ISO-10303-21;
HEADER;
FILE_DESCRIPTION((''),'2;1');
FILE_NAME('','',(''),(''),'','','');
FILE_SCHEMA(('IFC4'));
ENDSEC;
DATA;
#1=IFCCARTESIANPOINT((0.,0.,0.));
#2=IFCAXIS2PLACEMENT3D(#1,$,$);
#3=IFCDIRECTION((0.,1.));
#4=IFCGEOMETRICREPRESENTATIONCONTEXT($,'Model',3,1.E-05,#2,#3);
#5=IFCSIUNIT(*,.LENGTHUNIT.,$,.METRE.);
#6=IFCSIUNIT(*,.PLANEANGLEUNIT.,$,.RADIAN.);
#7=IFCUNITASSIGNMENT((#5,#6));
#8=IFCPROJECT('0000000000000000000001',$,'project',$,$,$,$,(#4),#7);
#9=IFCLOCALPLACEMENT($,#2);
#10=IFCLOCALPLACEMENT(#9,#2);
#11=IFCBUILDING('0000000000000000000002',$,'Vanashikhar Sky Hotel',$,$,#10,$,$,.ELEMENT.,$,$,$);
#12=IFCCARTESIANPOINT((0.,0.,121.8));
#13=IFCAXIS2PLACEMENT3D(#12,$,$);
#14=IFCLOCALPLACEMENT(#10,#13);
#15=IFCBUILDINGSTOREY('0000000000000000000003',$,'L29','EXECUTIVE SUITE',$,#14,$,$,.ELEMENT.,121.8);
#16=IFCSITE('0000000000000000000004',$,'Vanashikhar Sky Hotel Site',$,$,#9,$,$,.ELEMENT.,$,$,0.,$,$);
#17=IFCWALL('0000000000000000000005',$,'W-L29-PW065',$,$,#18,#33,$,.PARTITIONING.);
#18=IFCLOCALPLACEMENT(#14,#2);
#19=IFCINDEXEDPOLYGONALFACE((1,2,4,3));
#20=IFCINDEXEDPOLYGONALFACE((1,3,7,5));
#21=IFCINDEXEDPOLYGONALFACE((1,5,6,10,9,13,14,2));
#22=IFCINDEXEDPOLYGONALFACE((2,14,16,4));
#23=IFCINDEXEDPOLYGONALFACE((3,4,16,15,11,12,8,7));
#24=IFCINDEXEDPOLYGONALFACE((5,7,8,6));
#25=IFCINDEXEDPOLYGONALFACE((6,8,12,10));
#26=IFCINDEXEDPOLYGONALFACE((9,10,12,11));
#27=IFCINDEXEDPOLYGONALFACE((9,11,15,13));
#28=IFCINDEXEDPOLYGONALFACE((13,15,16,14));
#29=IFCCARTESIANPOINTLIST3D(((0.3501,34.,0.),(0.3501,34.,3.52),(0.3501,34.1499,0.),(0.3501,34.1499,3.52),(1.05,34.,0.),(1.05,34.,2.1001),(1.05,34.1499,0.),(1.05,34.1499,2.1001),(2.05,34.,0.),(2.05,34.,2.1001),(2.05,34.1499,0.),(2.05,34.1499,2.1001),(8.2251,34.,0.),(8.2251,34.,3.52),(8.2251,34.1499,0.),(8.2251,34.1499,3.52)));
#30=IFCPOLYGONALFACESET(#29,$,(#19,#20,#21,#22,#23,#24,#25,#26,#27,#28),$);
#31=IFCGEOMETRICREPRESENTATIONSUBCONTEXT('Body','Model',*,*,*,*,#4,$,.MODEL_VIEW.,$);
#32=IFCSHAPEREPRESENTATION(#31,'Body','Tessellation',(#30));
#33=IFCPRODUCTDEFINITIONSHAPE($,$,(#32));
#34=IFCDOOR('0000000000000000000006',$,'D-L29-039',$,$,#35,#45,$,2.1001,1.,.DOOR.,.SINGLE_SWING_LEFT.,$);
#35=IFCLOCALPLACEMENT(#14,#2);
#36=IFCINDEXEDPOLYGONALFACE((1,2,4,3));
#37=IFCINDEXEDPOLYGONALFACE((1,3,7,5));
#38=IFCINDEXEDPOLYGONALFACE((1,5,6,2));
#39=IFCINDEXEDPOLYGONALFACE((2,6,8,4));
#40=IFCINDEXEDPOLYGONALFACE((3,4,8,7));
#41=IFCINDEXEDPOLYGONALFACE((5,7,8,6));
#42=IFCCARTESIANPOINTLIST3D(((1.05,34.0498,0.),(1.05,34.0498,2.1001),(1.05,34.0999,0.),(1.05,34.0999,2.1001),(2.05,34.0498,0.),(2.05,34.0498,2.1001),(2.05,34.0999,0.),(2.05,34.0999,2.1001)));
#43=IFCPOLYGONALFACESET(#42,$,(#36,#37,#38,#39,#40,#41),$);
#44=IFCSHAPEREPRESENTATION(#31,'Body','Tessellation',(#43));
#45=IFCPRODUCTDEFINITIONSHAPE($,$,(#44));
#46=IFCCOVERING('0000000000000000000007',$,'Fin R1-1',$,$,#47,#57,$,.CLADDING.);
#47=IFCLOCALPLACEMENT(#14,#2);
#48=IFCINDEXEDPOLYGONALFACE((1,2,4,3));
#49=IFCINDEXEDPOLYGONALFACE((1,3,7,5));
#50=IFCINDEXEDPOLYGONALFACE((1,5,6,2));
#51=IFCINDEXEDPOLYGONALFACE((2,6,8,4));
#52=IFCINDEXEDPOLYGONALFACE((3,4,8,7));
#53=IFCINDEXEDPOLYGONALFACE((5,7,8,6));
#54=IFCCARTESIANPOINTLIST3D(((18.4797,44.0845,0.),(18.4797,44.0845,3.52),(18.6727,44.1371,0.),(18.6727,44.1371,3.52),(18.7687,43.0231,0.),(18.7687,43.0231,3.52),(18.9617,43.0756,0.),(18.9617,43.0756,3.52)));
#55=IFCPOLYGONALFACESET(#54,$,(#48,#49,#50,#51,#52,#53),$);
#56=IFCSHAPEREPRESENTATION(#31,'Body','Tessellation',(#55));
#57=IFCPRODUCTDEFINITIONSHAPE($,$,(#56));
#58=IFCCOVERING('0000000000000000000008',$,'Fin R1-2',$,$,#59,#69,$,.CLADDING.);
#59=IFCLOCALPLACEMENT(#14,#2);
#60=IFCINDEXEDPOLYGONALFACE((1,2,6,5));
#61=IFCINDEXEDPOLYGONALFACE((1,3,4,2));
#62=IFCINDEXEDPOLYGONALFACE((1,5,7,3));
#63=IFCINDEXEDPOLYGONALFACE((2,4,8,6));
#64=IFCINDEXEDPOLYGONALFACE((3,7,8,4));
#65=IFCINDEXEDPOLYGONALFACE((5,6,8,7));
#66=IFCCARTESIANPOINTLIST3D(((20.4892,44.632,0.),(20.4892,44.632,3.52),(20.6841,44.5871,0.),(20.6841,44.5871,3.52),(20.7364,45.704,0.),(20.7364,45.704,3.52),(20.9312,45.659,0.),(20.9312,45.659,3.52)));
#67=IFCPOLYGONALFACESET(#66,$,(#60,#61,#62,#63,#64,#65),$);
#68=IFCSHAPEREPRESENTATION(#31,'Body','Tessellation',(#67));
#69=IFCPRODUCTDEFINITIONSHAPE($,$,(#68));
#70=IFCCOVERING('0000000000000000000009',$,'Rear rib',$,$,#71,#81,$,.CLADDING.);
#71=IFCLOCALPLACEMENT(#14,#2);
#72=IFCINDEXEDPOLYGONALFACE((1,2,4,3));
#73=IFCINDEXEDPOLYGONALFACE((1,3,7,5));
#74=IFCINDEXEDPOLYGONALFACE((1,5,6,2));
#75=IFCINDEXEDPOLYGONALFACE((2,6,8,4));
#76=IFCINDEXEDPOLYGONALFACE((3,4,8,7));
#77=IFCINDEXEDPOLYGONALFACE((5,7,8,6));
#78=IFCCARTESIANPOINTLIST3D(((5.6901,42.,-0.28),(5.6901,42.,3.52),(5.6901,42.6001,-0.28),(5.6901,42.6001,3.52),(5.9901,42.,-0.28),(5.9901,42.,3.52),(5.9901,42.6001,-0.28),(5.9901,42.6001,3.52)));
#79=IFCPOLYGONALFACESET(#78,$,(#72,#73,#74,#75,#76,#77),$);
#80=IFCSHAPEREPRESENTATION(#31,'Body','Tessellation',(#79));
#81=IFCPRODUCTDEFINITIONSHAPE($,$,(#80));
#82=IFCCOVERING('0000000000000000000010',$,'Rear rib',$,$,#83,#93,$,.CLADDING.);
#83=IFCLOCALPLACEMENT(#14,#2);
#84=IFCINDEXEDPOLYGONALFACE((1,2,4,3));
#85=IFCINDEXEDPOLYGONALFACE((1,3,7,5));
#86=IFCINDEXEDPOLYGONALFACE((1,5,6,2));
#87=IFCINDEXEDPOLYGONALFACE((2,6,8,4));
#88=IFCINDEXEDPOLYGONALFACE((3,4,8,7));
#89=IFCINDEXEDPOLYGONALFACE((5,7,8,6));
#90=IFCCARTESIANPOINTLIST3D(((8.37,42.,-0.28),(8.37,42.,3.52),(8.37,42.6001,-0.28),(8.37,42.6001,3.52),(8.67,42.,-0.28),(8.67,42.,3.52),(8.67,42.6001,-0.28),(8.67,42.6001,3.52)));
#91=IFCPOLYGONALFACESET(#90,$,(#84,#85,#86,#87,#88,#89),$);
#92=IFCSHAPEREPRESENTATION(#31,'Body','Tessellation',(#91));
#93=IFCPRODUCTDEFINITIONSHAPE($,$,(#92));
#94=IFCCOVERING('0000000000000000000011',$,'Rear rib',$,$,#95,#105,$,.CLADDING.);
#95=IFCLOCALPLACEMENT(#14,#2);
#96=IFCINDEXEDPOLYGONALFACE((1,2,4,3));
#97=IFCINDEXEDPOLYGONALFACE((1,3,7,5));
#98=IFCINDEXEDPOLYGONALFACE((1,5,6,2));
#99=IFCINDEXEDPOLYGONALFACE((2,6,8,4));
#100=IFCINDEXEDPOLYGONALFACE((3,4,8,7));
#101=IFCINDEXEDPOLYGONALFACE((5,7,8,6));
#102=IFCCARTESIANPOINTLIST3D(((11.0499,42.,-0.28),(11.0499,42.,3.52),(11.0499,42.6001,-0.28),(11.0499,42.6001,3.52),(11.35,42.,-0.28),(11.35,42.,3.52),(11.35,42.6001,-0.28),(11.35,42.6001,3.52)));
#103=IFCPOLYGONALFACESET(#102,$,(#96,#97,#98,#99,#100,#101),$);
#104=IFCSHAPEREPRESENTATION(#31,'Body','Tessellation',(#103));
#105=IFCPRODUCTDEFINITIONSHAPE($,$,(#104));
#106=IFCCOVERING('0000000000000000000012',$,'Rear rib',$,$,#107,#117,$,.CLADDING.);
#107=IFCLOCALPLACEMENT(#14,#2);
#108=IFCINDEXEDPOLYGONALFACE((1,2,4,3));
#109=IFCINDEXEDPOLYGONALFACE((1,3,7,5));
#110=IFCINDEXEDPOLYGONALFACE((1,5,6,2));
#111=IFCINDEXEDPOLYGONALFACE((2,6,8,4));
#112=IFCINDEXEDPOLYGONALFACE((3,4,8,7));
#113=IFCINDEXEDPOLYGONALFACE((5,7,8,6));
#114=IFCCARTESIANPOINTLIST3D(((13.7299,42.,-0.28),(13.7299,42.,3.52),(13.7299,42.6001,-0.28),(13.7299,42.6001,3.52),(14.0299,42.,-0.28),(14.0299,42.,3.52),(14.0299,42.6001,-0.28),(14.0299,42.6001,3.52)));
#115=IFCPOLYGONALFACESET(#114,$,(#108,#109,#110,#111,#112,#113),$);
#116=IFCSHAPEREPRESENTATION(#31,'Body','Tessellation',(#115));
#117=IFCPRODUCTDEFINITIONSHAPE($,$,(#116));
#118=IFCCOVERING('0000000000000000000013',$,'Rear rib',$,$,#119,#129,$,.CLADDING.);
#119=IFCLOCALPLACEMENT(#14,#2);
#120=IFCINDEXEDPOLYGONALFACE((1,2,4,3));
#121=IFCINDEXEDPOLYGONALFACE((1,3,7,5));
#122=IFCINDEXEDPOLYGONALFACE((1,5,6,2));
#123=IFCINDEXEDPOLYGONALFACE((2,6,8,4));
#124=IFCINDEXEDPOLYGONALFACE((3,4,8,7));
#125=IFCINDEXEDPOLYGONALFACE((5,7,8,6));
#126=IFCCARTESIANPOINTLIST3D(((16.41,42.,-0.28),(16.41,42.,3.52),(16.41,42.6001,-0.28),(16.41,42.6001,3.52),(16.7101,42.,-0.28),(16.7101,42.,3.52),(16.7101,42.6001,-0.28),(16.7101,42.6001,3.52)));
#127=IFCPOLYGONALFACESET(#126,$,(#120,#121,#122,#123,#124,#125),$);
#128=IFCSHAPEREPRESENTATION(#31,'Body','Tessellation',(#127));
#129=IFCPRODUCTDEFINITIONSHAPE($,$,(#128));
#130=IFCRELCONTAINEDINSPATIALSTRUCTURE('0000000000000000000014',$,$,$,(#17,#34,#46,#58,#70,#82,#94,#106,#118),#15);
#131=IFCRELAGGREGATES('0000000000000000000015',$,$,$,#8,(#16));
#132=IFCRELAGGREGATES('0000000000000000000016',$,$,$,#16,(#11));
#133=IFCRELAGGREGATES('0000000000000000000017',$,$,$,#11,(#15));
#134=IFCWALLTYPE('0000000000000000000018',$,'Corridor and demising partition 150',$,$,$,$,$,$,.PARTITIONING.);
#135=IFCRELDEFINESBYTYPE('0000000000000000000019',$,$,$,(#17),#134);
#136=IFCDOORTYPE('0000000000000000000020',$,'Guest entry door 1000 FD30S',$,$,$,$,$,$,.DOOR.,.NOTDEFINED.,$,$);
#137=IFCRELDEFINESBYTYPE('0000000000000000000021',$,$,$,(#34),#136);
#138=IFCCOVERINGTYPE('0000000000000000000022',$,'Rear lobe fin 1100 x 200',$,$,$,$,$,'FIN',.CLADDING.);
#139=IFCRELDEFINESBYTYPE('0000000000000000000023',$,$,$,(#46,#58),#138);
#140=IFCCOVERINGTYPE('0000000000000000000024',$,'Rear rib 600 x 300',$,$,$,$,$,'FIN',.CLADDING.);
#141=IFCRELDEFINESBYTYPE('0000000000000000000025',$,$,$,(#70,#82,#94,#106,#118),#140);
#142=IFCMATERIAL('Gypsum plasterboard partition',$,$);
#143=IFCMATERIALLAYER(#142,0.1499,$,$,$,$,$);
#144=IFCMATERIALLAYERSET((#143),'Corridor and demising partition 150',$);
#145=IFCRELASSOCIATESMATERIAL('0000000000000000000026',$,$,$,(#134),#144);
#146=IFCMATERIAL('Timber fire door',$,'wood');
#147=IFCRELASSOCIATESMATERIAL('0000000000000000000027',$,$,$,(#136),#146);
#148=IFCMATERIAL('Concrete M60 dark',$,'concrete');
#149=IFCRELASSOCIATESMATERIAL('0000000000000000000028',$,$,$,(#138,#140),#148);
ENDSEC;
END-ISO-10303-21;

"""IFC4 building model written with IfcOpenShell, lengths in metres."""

from ifc_helpers import new_model, si_unit, direction, frame, frame_2d, origin, origin_2d, place, context, subcontext, project, spatial, rectangle, extrude, source, transform, mapped, material, layer, layer_set, material_profile, profile_set, type_object, element, fill, save


model = new_model("IFC4")

# Units and contexts
model_context = context("Model", 3, precision=1e-05, world=origin(), true_north=direction((0.0, 1.0)))
body_context = subcontext(model_context, "Body", "Model", "MODEL_VIEW")
ifc_project = project(units=[si_unit("LENGTHUNIT", "METRE"), si_unit("PLANEANGLEUNIT", "RADIAN")], contexts=[model_context])

# Site, building, storey
site_placement = place(None, origin())
site = spatial("IfcSite", under=ifc_project, at=site_placement, Name="Vanashikhar Sky Hotel Site", CompositionType="ELEMENT", RefElevation=0.0)
building_placement = place(site_placement, origin())
building = spatial("IfcBuilding", under=site, at=building_placement, Name="Vanashikhar Sky Hotel", CompositionType="ELEMENT")
storey_placement = place(building_placement, frame((0.0, 0.0, 121.8)))
storey = spatial("IfcBuildingStorey", under=building, at=storey_placement, Name="L29", Description="EXECUTIVE SUITE", CompositionType="ELEMENT", Elevation=121.8)

# Wall, opening, door
shared_shape_1 = source(origin(), body_context, "Body", "SweptSolid", [
    extrude(rectangle(XDim=1.0, YDim=2.1001, at=frame_2d((0.5, 1.05))), frame((0.0, 0.0249, 0.0), z_axis=(0.0, -1.0, 0.0), x_axis=(1.0, 0.0, 0.0)), (0.0, 0.0, 1.0), 0.05),
])
ifc_material_1 = material(Name="Gypsum plasterboard partition")
ifc_layer_1 = layer(ifc_material_1, 0.1499)
ifc_layer_set_1 = layer_set([ifc_layer_1], Name="Corridor and demising partition 150")
wall_type_1 = type_object("IfcWallType", Name="Corridor and demising partition 150", PredefinedType="PARTITIONING", material=ifc_layer_set_1)
shared_shape_2 = source(origin(), body_context, "Body", "SweptSolid", [
    extrude(rectangle(XDim=1.0, YDim=2.1001, at=frame_2d((0.5, 1.05))), frame((0.0, 0.085, 0.0), z_axis=(0.0, -1.0, 0.0), x_axis=(1.0, 0.0, 0.0)), (0.0, 0.0, 1.0), 0.1699),
])
ifc_material_2 = material(Name="Timber fire door", Category="wood")
door_type_1 = type_object("IfcDoorType", Name="Guest entry door 1000 FD30S", OperationType="NOTDEFINED", PredefinedType="DOOR", material=ifc_material_2)
shared_shape_3 = source(origin(), body_context, "Body", "SweptSolid", [
    extrude(rectangle(XDim=7.875, YDim=0.1499, at=frame_2d((3.9375, 0.0))), origin(), (0.0, 0.0, 1.0), 3.52),
])
wall_1_placement = place(storey_placement, frame((0.3501, 34.075, 0.0), z_axis=(0.0, 0.0, 1.0), x_axis=(1.0, 0.0, 0.0)))
wall_1 = element("IfcWall", 1, at=wall_1_placement, inside=storey, type_object=wall_type_1, Name="W-L29-PW065", PredefinedType="PARTITIONING", context=body_context, shape_type="MappedRepresentation", body=[
    mapped(shared_shape_3, transform((0.0, 0.0, 0.0), scale=1.0)),
])
opening_1_placement = place(wall_1_placement, frame((0.7, 0.0, 0.0)))
opening_1 = element("IfcOpeningElement", 2, at=opening_1_placement, cuts=wall_1, PredefinedType="OPENING", context=body_context, shape_type="MappedRepresentation", body=[
    mapped(shared_shape_2, transform((0.0, 0.0, 0.0), scale=1.0)),
])
door_1_placement = place(opening_1_placement, origin())
door_1 = element("IfcDoor", 3, at=door_1_placement, inside=storey, type_object=door_type_1, Name="D-L29-039", OperationType="SINGLE_SWING_LEFT", OverallHeight=2.1001, OverallWidth=1.0, PredefinedType="DOOR", context=body_context, shape_type="MappedRepresentation", body=[
    mapped(shared_shape_1, transform((0.0, 0.0, 0.0), scale=1.0)),
])
fill(opening_1, door_1)

# Coverings
ifc_material_3 = material(Name="Concrete M60 dark", Category="concrete")
ifc_material_profile_1 = material_profile(ifc_material_3, rectangle(XDim=1.1001, YDim=0.2, at=origin_2d()))
ifc_profile_set_1 = profile_set([ifc_material_profile_1], Name="Rear lobe fin 1100 x 200")
covering_type_1 = type_object("IfcCoveringType", Name="Rear lobe fin 1100 x 200", ElementType="FIN", PredefinedType="CLADDING", material=ifc_profile_set_1)
shared_shape_4 = source(origin(), body_context, "Body", "SweptSolid", [
    extrude(rectangle(XDim=1.1001, YDim=0.2, at=origin_2d()), origin(), (0.0, 0.0, 1.0), 3.52),
])
for number, where, z_axis, x_axis, name in (
    (4, (18.7207, 43.5801, 0.0), (0.0, 0.0, 1.0), (-0.262711, 0.964874, 0.0), "Fin R1-1"),
    (5, (20.7102, 45.1455, 0.0), (0.0, 0.0, 1.0), (0.224645, 0.974441, 0.0), "Fin R1-2"),
):
    element("IfcCovering", number, at=place(storey_placement, frame(where, z_axis=z_axis, x_axis=x_axis)), inside=storey, type_object=covering_type_1, Name=name, PredefinedType="CLADDING", context=body_context, shape_type="MappedRepresentation", body=[
        mapped(shared_shape_4, transform((0.0, 0.0, 0.0), scale=1.0)),
    ])
ifc_material_profile_2 = material_profile(ifc_material_3, rectangle(XDim=0.6001, YDim=0.3, at=origin_2d()))
ifc_profile_set_2 = profile_set([ifc_material_profile_2], Name="Rear rib 600 x 300")
covering_type_2 = type_object("IfcCoveringType", Name="Rear rib 600 x 300", ElementType="FIN", PredefinedType="CLADDING", material=ifc_profile_set_2)
shared_shape_5 = source(origin(), body_context, "Body", "SweptSolid", [
    extrude(rectangle(XDim=0.6001, YDim=0.3, at=origin_2d()), origin(), (0.0, 0.0, 1.0), 3.8),
])
for number, where, z_axis, x_axis, name in (
    (6, (5.8401, 42.3, -0.28), (0.0, 0.0, 1.0), (0.0, 1.0, 0.0), "Rear rib"),
    (7, (8.52, 42.3, -0.28), (0.0, 0.0, 1.0), (0.0, 1.0, 0.0), "Rear rib"),
    (8, (11.2, 42.3, -0.28), (0.0, 0.0, 1.0), (0.0, 1.0, 0.0), "Rear rib"),
    (9, (13.8799, 42.3, -0.28), (0.0, 0.0, 1.0), (0.0, 1.0, 0.0), "Rear rib"),
    (10, (16.5601, 42.3, -0.28), (0.0, 0.0, 1.0), (0.0, 1.0, 0.0), "Rear rib"),
):
    element("IfcCovering", number, at=place(storey_placement, frame(where, z_axis=z_axis, x_axis=x_axis)), inside=storey, type_object=covering_type_2, Name=name, PredefinedType="CLADDING", context=body_context, shape_type="MappedRepresentation", body=[
        mapped(shared_shape_5, transform((0.0, 0.0, 0.0), scale=1.0)),
    ])

save(model, "model.ifc")
